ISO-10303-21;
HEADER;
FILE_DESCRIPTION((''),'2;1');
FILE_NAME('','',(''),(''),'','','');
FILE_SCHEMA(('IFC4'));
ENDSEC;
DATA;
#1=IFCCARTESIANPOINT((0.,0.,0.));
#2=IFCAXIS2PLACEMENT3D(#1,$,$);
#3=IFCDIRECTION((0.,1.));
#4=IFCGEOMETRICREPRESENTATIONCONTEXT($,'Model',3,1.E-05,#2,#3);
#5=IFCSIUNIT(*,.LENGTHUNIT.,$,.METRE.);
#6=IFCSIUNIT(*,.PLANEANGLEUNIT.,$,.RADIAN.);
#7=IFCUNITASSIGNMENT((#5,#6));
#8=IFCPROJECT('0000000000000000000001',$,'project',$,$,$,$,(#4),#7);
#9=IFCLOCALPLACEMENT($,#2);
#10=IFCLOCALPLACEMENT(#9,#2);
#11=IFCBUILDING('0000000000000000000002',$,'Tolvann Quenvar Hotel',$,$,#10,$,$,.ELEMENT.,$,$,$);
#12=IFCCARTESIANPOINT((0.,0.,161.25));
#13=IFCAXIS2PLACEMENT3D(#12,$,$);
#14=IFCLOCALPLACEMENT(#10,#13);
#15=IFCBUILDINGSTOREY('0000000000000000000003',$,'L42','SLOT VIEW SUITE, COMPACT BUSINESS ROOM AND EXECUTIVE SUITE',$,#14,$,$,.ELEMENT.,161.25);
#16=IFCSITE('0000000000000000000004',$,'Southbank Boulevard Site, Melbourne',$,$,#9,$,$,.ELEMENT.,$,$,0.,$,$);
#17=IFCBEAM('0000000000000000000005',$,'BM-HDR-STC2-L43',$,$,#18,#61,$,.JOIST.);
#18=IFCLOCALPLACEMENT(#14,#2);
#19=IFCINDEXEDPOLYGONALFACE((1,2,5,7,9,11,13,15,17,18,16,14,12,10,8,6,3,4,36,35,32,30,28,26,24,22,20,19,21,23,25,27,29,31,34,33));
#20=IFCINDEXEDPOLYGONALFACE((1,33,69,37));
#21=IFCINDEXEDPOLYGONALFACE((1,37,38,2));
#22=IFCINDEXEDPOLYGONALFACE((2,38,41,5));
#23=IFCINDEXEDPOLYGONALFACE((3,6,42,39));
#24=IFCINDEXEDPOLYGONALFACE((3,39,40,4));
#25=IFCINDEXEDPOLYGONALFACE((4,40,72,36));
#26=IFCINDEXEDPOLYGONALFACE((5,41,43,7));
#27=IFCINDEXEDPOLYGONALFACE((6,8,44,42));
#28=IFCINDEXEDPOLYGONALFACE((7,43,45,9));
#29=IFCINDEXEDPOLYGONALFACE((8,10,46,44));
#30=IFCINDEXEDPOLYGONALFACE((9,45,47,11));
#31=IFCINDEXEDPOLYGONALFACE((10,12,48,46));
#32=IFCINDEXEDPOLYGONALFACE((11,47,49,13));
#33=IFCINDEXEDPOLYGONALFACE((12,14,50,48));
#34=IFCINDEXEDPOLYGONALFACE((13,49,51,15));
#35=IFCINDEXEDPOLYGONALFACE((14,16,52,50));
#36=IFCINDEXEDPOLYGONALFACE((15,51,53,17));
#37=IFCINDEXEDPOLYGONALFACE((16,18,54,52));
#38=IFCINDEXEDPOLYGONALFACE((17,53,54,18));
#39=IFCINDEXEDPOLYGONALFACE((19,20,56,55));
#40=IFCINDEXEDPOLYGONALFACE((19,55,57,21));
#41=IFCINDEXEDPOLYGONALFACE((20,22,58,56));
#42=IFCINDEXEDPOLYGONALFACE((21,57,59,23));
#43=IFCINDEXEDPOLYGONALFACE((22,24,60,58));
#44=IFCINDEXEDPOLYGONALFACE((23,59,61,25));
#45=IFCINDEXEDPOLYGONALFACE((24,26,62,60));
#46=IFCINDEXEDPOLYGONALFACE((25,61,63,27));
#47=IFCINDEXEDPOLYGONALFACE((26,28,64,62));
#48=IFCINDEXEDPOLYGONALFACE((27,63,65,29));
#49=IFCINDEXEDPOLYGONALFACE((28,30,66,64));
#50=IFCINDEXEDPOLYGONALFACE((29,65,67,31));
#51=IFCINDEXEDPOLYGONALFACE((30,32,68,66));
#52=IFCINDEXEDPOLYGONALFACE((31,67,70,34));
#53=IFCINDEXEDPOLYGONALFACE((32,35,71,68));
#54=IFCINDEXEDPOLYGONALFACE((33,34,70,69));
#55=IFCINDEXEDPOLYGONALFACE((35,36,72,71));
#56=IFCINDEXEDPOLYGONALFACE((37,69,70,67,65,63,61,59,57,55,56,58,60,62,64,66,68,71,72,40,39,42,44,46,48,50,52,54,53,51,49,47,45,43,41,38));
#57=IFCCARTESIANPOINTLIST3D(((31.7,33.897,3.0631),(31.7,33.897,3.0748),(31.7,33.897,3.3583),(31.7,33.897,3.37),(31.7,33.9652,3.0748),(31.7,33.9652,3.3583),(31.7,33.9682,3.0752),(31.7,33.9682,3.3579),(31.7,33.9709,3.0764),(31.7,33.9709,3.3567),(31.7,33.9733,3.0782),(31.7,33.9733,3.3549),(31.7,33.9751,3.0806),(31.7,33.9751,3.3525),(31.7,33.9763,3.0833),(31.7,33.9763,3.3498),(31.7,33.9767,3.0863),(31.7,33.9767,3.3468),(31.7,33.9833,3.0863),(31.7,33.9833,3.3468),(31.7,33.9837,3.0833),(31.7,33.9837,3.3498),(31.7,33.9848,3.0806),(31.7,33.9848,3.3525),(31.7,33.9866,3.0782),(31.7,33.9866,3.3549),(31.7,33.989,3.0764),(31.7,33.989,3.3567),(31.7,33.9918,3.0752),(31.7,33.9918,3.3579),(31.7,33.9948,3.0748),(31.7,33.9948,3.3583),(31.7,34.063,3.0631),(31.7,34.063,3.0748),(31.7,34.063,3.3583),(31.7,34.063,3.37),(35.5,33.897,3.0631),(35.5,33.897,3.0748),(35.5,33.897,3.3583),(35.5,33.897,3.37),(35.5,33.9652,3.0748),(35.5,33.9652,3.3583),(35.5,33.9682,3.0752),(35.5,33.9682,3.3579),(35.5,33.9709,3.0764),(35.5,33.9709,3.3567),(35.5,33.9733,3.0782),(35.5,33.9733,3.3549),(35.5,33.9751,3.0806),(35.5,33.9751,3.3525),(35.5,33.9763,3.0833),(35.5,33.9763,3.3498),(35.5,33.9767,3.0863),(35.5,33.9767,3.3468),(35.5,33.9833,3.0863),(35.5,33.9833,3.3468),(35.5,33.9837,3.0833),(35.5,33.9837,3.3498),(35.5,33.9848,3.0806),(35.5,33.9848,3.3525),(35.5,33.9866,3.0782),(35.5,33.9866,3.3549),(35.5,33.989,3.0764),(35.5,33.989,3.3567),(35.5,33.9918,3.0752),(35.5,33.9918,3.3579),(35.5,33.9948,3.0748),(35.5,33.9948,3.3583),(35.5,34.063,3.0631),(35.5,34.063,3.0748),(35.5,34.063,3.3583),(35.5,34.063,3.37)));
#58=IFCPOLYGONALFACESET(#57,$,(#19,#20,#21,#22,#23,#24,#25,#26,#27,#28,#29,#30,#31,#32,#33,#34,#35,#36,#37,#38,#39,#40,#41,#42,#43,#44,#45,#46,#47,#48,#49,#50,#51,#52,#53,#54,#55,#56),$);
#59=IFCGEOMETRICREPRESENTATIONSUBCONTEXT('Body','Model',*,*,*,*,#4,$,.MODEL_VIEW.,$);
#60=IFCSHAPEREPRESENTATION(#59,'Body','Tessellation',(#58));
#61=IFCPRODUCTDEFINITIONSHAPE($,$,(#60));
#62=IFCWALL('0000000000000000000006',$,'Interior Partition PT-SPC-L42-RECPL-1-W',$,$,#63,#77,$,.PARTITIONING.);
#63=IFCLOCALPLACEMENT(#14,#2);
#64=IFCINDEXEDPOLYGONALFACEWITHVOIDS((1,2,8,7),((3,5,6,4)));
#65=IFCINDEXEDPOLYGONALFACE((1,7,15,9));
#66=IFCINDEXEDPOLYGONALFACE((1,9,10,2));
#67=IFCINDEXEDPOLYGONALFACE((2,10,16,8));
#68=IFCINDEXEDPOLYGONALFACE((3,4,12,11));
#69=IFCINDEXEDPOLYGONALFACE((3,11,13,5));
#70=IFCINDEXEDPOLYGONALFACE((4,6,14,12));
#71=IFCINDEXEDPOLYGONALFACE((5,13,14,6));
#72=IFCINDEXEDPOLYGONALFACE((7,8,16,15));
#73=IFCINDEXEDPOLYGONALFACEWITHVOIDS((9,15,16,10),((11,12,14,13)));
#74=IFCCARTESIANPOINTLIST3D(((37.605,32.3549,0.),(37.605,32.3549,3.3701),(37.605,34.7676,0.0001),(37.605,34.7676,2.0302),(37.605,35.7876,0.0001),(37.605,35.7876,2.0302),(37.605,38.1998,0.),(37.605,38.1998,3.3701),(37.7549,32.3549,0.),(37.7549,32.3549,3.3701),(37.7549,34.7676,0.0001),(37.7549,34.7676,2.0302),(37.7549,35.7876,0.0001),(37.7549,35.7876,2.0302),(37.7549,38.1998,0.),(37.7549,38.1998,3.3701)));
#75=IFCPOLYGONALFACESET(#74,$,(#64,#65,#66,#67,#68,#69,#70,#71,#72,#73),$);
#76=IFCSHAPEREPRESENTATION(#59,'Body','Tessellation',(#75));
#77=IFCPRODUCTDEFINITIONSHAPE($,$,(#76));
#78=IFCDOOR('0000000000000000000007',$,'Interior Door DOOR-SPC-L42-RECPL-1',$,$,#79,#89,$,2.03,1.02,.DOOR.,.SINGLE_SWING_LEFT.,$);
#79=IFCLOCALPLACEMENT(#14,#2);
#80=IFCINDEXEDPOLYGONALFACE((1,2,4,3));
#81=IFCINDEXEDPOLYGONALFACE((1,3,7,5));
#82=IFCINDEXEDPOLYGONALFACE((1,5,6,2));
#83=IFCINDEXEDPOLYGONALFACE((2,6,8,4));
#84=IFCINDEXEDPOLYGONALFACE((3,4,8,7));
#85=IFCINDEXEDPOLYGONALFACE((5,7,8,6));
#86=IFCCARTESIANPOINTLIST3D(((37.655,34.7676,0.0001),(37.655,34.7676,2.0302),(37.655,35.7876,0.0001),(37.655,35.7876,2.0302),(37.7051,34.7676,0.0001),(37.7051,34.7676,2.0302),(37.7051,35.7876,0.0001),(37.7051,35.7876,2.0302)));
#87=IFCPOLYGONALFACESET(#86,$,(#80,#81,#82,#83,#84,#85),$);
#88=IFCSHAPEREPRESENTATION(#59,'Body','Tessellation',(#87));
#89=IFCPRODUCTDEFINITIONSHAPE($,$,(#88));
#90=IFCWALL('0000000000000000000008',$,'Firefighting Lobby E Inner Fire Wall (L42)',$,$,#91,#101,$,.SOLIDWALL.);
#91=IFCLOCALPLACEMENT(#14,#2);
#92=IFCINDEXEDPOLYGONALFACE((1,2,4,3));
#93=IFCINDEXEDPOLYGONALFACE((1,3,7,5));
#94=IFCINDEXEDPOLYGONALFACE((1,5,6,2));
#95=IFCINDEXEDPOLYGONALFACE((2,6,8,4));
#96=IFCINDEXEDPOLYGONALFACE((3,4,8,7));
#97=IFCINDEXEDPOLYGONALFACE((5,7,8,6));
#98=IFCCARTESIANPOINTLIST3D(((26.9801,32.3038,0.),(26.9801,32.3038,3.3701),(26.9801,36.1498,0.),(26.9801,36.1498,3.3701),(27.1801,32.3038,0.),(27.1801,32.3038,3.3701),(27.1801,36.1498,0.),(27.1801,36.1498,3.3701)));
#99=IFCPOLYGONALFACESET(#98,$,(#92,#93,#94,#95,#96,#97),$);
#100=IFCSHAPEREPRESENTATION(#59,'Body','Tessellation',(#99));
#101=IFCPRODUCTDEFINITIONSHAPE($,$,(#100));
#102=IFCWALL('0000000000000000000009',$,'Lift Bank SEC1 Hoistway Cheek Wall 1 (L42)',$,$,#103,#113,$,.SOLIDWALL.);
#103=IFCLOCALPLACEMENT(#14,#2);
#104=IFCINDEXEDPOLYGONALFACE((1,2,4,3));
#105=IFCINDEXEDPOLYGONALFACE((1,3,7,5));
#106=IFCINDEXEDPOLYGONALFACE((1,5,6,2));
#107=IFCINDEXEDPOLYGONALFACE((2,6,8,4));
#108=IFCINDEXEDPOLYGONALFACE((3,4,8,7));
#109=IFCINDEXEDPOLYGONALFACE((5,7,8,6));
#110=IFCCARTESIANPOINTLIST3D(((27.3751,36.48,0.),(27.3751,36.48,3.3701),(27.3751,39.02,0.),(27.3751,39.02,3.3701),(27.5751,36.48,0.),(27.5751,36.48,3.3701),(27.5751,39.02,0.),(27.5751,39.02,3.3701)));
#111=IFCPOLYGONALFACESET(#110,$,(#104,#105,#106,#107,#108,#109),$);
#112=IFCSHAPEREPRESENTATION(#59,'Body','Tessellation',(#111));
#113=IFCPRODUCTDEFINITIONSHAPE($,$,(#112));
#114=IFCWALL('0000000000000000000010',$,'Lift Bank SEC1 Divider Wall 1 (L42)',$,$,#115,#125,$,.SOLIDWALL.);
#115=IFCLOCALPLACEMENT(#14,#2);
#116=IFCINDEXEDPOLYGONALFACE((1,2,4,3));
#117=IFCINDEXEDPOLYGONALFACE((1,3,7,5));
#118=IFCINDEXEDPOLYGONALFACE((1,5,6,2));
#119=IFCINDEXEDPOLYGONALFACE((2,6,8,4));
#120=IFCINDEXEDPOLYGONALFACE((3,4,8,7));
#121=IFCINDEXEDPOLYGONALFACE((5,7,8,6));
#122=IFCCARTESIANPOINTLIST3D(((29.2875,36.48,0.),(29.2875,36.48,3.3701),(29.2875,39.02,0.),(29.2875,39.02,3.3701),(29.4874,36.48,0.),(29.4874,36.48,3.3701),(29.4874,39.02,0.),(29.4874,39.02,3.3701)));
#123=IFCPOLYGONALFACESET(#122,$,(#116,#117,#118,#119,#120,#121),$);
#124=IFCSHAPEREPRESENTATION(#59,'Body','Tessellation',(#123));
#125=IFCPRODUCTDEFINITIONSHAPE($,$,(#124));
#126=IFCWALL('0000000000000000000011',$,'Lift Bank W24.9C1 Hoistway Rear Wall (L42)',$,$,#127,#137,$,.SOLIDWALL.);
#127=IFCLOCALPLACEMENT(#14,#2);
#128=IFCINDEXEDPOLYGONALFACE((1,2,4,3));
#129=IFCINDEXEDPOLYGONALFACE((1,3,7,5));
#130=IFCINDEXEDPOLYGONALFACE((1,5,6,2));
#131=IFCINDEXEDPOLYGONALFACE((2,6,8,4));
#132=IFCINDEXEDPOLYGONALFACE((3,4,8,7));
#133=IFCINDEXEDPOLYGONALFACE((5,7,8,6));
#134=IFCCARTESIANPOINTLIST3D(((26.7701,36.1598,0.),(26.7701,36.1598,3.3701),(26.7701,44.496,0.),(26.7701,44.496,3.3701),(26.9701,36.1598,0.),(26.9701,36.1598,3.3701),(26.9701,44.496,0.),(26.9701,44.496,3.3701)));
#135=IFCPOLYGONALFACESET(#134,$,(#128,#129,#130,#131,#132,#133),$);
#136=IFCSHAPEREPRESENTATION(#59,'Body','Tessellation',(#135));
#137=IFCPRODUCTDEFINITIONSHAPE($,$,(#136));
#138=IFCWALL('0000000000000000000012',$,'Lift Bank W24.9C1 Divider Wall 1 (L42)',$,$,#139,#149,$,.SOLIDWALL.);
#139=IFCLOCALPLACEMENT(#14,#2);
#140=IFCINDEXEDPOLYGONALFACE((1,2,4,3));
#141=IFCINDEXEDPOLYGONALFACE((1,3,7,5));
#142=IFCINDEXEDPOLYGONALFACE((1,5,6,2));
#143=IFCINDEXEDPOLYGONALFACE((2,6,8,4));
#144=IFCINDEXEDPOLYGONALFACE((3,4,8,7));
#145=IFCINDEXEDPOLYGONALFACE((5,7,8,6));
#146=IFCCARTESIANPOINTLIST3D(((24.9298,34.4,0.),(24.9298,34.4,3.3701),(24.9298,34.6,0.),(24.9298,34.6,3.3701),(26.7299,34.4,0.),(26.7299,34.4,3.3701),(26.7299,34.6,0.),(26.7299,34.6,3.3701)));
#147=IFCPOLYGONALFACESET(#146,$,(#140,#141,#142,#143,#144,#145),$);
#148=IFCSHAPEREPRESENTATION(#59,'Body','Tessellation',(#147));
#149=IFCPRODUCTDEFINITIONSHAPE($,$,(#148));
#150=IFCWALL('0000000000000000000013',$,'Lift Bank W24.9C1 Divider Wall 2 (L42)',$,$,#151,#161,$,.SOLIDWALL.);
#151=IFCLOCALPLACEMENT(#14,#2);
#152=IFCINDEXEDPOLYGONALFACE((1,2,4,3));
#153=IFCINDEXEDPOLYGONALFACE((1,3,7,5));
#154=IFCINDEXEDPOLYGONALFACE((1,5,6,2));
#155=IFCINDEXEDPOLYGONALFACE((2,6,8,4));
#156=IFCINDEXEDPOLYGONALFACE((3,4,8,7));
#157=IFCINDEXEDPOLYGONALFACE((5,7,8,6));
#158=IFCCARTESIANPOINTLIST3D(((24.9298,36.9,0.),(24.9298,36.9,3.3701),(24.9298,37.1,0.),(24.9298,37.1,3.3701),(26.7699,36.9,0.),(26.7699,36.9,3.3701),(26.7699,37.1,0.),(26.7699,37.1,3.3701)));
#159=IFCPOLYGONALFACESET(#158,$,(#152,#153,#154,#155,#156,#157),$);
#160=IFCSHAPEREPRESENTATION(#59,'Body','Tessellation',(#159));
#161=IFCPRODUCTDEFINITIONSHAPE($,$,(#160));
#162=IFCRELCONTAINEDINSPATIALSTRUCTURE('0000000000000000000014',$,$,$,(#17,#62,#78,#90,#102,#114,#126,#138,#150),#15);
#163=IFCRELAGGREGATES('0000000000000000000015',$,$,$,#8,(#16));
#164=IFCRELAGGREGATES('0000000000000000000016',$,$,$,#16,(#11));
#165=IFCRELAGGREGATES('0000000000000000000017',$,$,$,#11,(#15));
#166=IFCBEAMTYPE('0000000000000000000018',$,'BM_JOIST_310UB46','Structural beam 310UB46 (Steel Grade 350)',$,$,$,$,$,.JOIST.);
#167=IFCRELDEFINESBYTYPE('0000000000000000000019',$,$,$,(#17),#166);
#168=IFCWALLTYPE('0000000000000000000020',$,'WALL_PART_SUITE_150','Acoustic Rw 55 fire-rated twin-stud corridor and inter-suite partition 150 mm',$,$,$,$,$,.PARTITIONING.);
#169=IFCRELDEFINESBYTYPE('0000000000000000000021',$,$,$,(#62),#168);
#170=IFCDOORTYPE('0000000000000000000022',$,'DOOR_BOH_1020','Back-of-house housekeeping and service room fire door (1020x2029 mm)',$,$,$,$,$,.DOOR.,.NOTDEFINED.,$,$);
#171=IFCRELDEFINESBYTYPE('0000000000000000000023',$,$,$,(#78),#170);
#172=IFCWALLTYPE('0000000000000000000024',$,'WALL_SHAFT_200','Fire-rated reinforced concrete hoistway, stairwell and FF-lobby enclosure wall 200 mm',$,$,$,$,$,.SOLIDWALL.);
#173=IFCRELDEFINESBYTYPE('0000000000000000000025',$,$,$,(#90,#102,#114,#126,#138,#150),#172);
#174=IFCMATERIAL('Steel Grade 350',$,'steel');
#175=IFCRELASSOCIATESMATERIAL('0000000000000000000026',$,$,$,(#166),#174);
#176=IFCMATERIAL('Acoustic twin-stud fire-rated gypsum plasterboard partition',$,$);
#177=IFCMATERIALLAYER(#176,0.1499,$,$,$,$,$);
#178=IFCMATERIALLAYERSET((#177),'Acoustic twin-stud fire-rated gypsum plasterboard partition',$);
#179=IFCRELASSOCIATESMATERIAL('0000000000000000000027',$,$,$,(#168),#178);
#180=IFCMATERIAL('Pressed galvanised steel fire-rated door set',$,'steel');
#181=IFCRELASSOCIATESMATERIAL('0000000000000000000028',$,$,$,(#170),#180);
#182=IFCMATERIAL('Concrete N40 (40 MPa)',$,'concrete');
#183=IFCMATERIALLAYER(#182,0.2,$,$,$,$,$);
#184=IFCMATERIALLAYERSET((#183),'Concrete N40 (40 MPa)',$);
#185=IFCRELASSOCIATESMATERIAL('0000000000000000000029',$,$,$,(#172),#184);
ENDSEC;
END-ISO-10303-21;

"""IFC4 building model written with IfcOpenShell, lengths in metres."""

from ifc_helpers import new_model, si_unit, direction, frame, frame_2d, origin, origin_2d, place, context, subcontext, project, spatial, rectangle, i_section, extrude, source, transform, mapped, material, layer, layer_set, material_profile, profile_set, type_object, type_shapes, element, fill, save


model = new_model("IFC4")

# Units and contexts
model_context = context("Model", 3, precision=1e-05, world=origin(), true_north=direction((0.0, 1.0)))
body_context = subcontext(model_context, "Body", "Model", "MODEL_VIEW")
ifc_project = project(units=[si_unit("LENGTHUNIT", "METRE"), si_unit("PLANEANGLEUNIT", "RADIAN")], contexts=[model_context])

# Site, building, storey
site_placement = place(None, origin())
site = spatial("IfcSite", under=ifc_project, at=site_placement, Name="Southbank Boulevard Site, Melbourne", CompositionType="ELEMENT", RefElevation=0.0)
building_placement = place(site_placement, origin())
building = spatial("IfcBuilding", under=site, at=building_placement, Name="Tolvann Quenvar Hotel", CompositionType="ELEMENT")
storey_placement = place(building_placement, frame((0.0, 0.0, 161.25)))
storey = spatial("IfcBuildingStorey", under=building, at=storey_placement, Name="L42", Description="SLOT VIEW SUITE, COMPACT BUSINESS ROOM AND EXECUTIVE SUITE", CompositionType="ELEMENT", Elevation=161.25)

# Beam
ifc_material_1 = material(Name="Steel Grade 350", Category="steel")
ifc_material_profile = material_profile(ifc_material_1, i_section(OverallWidth=0.166, OverallDepth=0.3069, WebThickness=0.0066, FlangeThickness=0.0117, FilletRadius=0.0115, at=origin_2d()), Name="310UB46")
ifc_profile_set = profile_set([ifc_material_profile], Name="Steel Grade 350")
beam_type = type_object("IfcBeamType", Name="BM_JOIST_310UB46", Description="Structural beam 310UB46 (Steel Grade 350)", PredefinedType="JOIST", material=ifc_profile_set)
shared_shape_1 = source(origin(), body_context, "Body", "SweptSolid", [
    extrude(i_section(OverallWidth=0.166, OverallDepth=0.3069, WebThickness=0.0066, FlangeThickness=0.0117, FilletRadius=0.0115, at=origin_2d()), origin(), (0.0, 0.0, 1.0), 3.8),
])
type_shapes(beam_type, [shared_shape_1])
beam_placement = place(storey_placement, frame((31.7, 33.98, 3.2166), z_axis=(1.0, 0.0, 0.0), x_axis=(0.0, 1.0, 0.0)))
element("IfcBeam", 1, at=beam_placement, inside=storey, type_object=beam_type, Name="BM-HDR-STC2-L43", PredefinedType="JOIST", context=body_context, shape_type="MappedRepresentation", body=[
    mapped(shared_shape_1, transform((0.0, 0.0, 0.0), x_axis=(1.0, 0.0, 0.0), y_axis=(0.0, 1.0, 0.0), z_axis=(0.0, 0.0, 1.0), scale=1.0)),
])

# Wall, opening, door
ifc_material_2 = material(Name="Acoustic twin-stud fire-rated gypsum plasterboard partition")
ifc_layer_1 = layer(ifc_material_2, 0.1499)
ifc_layer_set_1 = layer_set([ifc_layer_1], Name="Acoustic twin-stud fire-rated gypsum plasterboard partition")
wall_type_1 = type_object("IfcWallType", Name="WALL_PART_SUITE_150", Description="Acoustic Rw 55 fire-rated twin-stud corridor and inter-suite partition 150 mm", PredefinedType="PARTITIONING", material=ifc_layer_set_1)
wall_1_placement = place(storey_placement, frame((37.6799, 32.355, 0.0), z_axis=(0.0, 0.0, 1.0), x_axis=(0.0, 1.0, 0.0)))
wall_1 = element("IfcWall", 2, at=wall_1_placement, inside=storey, type_object=wall_type_1, Name="Interior Partition PT-SPC-L42-RECPL-1-W", PredefinedType="PARTITIONING", context=body_context, shape_type="SweptSolid", body=[
    extrude(rectangle(XDim=5.845, YDim=0.1499, at=frame_2d((2.9224, 0.0))), origin(), (0.0, 0.0, 1.0), 3.3701),
])
opening_1_placement = place(wall_1_placement, frame((2.4126, 0.0, 0.0)))
opening_1 = element("IfcOpeningElement", 3, at=opening_1_placement, cuts=wall_1, PredefinedType="OPENING", context=body_context, shape_type="SweptSolid", body=[
    extrude(rectangle(XDim=1.02, YDim=2.03, at=frame_2d((0.51, 1.0151))), frame((0.0, 0.085, 0.0), z_axis=(0.0, -1.0, 0.0), x_axis=(1.0, 0.0, 0.0)), (0.0, 0.0, 1.0), 0.1699),
])
ifc_material_3 = material(Name="Pressed galvanised steel fire-rated door set", Category="steel")
door_type_1 = type_object("IfcDoorType", Name="DOOR_BOH_1020", Description="Back-of-house housekeeping and service room fire door (1020x2029 mm)", OperationType="NOTDEFINED", PredefinedType="DOOR", material=ifc_material_3)
shared_shape_2 = source(origin(), body_context, "Body", "SweptSolid", [
    extrude(rectangle(XDim=1.02, YDim=2.03, at=frame_2d((0.51, 1.0151))), frame((0.0, 0.0249, 0.0), z_axis=(0.0, -1.0, 0.0), x_axis=(1.0, 0.0, 0.0)), (0.0, 0.0, 1.0), 0.05),
])
type_shapes(door_type_1, [shared_shape_2])
door_1_placement = place(opening_1_placement, origin())
door_1 = element("IfcDoor", 4, at=door_1_placement, inside=storey, type_object=door_type_1, Name="Interior Door DOOR-SPC-L42-RECPL-1", OperationType="SINGLE_SWING_LEFT", OverallHeight=2.03, OverallWidth=1.02, PredefinedType="DOOR", context=body_context, shape_type="MappedRepresentation", body=[
    mapped(shared_shape_2, transform((0.0, 0.0, 0.0), x_axis=(1.0, 0.0, 0.0), y_axis=(0.0, 1.0, 0.0), z_axis=(0.0, 0.0, 1.0), scale=1.0)),
])
fill(opening_1, door_1)

# Wall
ifc_material_4 = material(Name="Concrete N40 (40 MPa)", Category="concrete")
ifc_layer_2 = layer(ifc_material_4, 0.2)
ifc_layer_set_2 = layer_set([ifc_layer_2], Name="Concrete N40 (40 MPa)")
wall_type_2 = type_object("IfcWallType", Name="WALL_SHAFT_200", Description="Fire-rated reinforced concrete hoistway, stairwell and FF-lobby enclosure wall 200 mm", PredefinedType="SOLIDWALL", material=ifc_layer_set_2)
wall_2_placement = place(storey_placement, frame((27.0801, 32.304, 0.0), z_axis=(0.0, 0.0, 1.0), x_axis=(0.0, 1.0, 0.0)))
element("IfcWall", 5, at=wall_2_placement, inside=storey, type_object=wall_type_2, Name="Firefighting Lobby E Inner Fire Wall (L42)", PredefinedType="SOLIDWALL", context=body_context, shape_type="SweptSolid", body=[
    extrude(rectangle(XDim=3.8459, YDim=0.2, at=frame_2d((1.9229, 0.0))), origin(), (0.0, 0.0, 1.0), 3.3701),
])

# Walls
for number, where, z_axis, x_axis, name in (
    (6, (27.4751, 36.48, 0.0), (0.0, 0.0, 1.0), (0.0, 1.0, 0.0), "Lift Bank SEC1 Hoistway Cheek Wall 1 (L42)"),
    (7, (29.3875, 36.48, 0.0), (0.0, 0.0, 1.0), (0.0, 1.0, 0.0), "Lift Bank SEC1 Divider Wall 1 (L42)"),
):
    element("IfcWall", number, at=place(storey_placement, frame(where, z_axis=z_axis, x_axis=x_axis)), inside=storey, type_object=wall_type_2, Name=name, PredefinedType="SOLIDWALL", context=body_context, shape_type="SweptSolid", body=[
        extrude(rectangle(XDim=2.54, YDim=0.2, at=frame_2d((1.27, 0.0))), origin(), (0.0, 0.0, 1.0), 3.3701),
    ])

# Walls
wall_3_placement = place(storey_placement, frame((26.8701, 36.1599, 0.0), z_axis=(0.0, 0.0, 1.0), x_axis=(0.0, 1.0, 0.0)))
element("IfcWall", 8, at=wall_3_placement, inside=storey, type_object=wall_type_2, Name="Lift Bank W24.9C1 Hoistway Rear Wall (L42)", PredefinedType="SOLIDWALL", context=body_context, shape_type="SweptSolid", body=[
    extrude(rectangle(XDim=8.3362, YDim=0.2, at=frame_2d((4.168, 0.0))), origin(), (0.0, 0.0, 1.0), 3.3701),
])
wall_4_placement = place(storey_placement, frame((24.9299, 34.5, 0.0), z_axis=(0.0, 0.0, 1.0), x_axis=(1.0, 0.0, 0.0)))
element("IfcWall", 9, at=wall_4_placement, inside=storey, type_object=wall_type_2, Name="Lift Bank W24.9C1 Divider Wall 1 (L42)", PredefinedType="SOLIDWALL", context=body_context, shape_type="SweptSolid", body=[
    extrude(rectangle(XDim=1.8, YDim=0.2, at=frame_2d((0.8999, 0.0))), origin(), (0.0, 0.0, 1.0), 3.3701),
])
wall_5_placement = place(storey_placement, frame((24.9299, 37.0, 0.0), z_axis=(0.0, 0.0, 1.0), x_axis=(1.0, 0.0, 0.0)))
element("IfcWall", 10, at=wall_5_placement, inside=storey, type_object=wall_type_2, Name="Lift Bank W24.9C1 Divider Wall 2 (L42)", PredefinedType="SOLIDWALL", context=body_context, shape_type="SweptSolid", body=[
    extrude(rectangle(XDim=1.8401, YDim=0.2, at=frame_2d((0.9199, 0.0))), origin(), (0.0, 0.0, 1.0), 3.3701),
])

save(model, "model.ifc")
